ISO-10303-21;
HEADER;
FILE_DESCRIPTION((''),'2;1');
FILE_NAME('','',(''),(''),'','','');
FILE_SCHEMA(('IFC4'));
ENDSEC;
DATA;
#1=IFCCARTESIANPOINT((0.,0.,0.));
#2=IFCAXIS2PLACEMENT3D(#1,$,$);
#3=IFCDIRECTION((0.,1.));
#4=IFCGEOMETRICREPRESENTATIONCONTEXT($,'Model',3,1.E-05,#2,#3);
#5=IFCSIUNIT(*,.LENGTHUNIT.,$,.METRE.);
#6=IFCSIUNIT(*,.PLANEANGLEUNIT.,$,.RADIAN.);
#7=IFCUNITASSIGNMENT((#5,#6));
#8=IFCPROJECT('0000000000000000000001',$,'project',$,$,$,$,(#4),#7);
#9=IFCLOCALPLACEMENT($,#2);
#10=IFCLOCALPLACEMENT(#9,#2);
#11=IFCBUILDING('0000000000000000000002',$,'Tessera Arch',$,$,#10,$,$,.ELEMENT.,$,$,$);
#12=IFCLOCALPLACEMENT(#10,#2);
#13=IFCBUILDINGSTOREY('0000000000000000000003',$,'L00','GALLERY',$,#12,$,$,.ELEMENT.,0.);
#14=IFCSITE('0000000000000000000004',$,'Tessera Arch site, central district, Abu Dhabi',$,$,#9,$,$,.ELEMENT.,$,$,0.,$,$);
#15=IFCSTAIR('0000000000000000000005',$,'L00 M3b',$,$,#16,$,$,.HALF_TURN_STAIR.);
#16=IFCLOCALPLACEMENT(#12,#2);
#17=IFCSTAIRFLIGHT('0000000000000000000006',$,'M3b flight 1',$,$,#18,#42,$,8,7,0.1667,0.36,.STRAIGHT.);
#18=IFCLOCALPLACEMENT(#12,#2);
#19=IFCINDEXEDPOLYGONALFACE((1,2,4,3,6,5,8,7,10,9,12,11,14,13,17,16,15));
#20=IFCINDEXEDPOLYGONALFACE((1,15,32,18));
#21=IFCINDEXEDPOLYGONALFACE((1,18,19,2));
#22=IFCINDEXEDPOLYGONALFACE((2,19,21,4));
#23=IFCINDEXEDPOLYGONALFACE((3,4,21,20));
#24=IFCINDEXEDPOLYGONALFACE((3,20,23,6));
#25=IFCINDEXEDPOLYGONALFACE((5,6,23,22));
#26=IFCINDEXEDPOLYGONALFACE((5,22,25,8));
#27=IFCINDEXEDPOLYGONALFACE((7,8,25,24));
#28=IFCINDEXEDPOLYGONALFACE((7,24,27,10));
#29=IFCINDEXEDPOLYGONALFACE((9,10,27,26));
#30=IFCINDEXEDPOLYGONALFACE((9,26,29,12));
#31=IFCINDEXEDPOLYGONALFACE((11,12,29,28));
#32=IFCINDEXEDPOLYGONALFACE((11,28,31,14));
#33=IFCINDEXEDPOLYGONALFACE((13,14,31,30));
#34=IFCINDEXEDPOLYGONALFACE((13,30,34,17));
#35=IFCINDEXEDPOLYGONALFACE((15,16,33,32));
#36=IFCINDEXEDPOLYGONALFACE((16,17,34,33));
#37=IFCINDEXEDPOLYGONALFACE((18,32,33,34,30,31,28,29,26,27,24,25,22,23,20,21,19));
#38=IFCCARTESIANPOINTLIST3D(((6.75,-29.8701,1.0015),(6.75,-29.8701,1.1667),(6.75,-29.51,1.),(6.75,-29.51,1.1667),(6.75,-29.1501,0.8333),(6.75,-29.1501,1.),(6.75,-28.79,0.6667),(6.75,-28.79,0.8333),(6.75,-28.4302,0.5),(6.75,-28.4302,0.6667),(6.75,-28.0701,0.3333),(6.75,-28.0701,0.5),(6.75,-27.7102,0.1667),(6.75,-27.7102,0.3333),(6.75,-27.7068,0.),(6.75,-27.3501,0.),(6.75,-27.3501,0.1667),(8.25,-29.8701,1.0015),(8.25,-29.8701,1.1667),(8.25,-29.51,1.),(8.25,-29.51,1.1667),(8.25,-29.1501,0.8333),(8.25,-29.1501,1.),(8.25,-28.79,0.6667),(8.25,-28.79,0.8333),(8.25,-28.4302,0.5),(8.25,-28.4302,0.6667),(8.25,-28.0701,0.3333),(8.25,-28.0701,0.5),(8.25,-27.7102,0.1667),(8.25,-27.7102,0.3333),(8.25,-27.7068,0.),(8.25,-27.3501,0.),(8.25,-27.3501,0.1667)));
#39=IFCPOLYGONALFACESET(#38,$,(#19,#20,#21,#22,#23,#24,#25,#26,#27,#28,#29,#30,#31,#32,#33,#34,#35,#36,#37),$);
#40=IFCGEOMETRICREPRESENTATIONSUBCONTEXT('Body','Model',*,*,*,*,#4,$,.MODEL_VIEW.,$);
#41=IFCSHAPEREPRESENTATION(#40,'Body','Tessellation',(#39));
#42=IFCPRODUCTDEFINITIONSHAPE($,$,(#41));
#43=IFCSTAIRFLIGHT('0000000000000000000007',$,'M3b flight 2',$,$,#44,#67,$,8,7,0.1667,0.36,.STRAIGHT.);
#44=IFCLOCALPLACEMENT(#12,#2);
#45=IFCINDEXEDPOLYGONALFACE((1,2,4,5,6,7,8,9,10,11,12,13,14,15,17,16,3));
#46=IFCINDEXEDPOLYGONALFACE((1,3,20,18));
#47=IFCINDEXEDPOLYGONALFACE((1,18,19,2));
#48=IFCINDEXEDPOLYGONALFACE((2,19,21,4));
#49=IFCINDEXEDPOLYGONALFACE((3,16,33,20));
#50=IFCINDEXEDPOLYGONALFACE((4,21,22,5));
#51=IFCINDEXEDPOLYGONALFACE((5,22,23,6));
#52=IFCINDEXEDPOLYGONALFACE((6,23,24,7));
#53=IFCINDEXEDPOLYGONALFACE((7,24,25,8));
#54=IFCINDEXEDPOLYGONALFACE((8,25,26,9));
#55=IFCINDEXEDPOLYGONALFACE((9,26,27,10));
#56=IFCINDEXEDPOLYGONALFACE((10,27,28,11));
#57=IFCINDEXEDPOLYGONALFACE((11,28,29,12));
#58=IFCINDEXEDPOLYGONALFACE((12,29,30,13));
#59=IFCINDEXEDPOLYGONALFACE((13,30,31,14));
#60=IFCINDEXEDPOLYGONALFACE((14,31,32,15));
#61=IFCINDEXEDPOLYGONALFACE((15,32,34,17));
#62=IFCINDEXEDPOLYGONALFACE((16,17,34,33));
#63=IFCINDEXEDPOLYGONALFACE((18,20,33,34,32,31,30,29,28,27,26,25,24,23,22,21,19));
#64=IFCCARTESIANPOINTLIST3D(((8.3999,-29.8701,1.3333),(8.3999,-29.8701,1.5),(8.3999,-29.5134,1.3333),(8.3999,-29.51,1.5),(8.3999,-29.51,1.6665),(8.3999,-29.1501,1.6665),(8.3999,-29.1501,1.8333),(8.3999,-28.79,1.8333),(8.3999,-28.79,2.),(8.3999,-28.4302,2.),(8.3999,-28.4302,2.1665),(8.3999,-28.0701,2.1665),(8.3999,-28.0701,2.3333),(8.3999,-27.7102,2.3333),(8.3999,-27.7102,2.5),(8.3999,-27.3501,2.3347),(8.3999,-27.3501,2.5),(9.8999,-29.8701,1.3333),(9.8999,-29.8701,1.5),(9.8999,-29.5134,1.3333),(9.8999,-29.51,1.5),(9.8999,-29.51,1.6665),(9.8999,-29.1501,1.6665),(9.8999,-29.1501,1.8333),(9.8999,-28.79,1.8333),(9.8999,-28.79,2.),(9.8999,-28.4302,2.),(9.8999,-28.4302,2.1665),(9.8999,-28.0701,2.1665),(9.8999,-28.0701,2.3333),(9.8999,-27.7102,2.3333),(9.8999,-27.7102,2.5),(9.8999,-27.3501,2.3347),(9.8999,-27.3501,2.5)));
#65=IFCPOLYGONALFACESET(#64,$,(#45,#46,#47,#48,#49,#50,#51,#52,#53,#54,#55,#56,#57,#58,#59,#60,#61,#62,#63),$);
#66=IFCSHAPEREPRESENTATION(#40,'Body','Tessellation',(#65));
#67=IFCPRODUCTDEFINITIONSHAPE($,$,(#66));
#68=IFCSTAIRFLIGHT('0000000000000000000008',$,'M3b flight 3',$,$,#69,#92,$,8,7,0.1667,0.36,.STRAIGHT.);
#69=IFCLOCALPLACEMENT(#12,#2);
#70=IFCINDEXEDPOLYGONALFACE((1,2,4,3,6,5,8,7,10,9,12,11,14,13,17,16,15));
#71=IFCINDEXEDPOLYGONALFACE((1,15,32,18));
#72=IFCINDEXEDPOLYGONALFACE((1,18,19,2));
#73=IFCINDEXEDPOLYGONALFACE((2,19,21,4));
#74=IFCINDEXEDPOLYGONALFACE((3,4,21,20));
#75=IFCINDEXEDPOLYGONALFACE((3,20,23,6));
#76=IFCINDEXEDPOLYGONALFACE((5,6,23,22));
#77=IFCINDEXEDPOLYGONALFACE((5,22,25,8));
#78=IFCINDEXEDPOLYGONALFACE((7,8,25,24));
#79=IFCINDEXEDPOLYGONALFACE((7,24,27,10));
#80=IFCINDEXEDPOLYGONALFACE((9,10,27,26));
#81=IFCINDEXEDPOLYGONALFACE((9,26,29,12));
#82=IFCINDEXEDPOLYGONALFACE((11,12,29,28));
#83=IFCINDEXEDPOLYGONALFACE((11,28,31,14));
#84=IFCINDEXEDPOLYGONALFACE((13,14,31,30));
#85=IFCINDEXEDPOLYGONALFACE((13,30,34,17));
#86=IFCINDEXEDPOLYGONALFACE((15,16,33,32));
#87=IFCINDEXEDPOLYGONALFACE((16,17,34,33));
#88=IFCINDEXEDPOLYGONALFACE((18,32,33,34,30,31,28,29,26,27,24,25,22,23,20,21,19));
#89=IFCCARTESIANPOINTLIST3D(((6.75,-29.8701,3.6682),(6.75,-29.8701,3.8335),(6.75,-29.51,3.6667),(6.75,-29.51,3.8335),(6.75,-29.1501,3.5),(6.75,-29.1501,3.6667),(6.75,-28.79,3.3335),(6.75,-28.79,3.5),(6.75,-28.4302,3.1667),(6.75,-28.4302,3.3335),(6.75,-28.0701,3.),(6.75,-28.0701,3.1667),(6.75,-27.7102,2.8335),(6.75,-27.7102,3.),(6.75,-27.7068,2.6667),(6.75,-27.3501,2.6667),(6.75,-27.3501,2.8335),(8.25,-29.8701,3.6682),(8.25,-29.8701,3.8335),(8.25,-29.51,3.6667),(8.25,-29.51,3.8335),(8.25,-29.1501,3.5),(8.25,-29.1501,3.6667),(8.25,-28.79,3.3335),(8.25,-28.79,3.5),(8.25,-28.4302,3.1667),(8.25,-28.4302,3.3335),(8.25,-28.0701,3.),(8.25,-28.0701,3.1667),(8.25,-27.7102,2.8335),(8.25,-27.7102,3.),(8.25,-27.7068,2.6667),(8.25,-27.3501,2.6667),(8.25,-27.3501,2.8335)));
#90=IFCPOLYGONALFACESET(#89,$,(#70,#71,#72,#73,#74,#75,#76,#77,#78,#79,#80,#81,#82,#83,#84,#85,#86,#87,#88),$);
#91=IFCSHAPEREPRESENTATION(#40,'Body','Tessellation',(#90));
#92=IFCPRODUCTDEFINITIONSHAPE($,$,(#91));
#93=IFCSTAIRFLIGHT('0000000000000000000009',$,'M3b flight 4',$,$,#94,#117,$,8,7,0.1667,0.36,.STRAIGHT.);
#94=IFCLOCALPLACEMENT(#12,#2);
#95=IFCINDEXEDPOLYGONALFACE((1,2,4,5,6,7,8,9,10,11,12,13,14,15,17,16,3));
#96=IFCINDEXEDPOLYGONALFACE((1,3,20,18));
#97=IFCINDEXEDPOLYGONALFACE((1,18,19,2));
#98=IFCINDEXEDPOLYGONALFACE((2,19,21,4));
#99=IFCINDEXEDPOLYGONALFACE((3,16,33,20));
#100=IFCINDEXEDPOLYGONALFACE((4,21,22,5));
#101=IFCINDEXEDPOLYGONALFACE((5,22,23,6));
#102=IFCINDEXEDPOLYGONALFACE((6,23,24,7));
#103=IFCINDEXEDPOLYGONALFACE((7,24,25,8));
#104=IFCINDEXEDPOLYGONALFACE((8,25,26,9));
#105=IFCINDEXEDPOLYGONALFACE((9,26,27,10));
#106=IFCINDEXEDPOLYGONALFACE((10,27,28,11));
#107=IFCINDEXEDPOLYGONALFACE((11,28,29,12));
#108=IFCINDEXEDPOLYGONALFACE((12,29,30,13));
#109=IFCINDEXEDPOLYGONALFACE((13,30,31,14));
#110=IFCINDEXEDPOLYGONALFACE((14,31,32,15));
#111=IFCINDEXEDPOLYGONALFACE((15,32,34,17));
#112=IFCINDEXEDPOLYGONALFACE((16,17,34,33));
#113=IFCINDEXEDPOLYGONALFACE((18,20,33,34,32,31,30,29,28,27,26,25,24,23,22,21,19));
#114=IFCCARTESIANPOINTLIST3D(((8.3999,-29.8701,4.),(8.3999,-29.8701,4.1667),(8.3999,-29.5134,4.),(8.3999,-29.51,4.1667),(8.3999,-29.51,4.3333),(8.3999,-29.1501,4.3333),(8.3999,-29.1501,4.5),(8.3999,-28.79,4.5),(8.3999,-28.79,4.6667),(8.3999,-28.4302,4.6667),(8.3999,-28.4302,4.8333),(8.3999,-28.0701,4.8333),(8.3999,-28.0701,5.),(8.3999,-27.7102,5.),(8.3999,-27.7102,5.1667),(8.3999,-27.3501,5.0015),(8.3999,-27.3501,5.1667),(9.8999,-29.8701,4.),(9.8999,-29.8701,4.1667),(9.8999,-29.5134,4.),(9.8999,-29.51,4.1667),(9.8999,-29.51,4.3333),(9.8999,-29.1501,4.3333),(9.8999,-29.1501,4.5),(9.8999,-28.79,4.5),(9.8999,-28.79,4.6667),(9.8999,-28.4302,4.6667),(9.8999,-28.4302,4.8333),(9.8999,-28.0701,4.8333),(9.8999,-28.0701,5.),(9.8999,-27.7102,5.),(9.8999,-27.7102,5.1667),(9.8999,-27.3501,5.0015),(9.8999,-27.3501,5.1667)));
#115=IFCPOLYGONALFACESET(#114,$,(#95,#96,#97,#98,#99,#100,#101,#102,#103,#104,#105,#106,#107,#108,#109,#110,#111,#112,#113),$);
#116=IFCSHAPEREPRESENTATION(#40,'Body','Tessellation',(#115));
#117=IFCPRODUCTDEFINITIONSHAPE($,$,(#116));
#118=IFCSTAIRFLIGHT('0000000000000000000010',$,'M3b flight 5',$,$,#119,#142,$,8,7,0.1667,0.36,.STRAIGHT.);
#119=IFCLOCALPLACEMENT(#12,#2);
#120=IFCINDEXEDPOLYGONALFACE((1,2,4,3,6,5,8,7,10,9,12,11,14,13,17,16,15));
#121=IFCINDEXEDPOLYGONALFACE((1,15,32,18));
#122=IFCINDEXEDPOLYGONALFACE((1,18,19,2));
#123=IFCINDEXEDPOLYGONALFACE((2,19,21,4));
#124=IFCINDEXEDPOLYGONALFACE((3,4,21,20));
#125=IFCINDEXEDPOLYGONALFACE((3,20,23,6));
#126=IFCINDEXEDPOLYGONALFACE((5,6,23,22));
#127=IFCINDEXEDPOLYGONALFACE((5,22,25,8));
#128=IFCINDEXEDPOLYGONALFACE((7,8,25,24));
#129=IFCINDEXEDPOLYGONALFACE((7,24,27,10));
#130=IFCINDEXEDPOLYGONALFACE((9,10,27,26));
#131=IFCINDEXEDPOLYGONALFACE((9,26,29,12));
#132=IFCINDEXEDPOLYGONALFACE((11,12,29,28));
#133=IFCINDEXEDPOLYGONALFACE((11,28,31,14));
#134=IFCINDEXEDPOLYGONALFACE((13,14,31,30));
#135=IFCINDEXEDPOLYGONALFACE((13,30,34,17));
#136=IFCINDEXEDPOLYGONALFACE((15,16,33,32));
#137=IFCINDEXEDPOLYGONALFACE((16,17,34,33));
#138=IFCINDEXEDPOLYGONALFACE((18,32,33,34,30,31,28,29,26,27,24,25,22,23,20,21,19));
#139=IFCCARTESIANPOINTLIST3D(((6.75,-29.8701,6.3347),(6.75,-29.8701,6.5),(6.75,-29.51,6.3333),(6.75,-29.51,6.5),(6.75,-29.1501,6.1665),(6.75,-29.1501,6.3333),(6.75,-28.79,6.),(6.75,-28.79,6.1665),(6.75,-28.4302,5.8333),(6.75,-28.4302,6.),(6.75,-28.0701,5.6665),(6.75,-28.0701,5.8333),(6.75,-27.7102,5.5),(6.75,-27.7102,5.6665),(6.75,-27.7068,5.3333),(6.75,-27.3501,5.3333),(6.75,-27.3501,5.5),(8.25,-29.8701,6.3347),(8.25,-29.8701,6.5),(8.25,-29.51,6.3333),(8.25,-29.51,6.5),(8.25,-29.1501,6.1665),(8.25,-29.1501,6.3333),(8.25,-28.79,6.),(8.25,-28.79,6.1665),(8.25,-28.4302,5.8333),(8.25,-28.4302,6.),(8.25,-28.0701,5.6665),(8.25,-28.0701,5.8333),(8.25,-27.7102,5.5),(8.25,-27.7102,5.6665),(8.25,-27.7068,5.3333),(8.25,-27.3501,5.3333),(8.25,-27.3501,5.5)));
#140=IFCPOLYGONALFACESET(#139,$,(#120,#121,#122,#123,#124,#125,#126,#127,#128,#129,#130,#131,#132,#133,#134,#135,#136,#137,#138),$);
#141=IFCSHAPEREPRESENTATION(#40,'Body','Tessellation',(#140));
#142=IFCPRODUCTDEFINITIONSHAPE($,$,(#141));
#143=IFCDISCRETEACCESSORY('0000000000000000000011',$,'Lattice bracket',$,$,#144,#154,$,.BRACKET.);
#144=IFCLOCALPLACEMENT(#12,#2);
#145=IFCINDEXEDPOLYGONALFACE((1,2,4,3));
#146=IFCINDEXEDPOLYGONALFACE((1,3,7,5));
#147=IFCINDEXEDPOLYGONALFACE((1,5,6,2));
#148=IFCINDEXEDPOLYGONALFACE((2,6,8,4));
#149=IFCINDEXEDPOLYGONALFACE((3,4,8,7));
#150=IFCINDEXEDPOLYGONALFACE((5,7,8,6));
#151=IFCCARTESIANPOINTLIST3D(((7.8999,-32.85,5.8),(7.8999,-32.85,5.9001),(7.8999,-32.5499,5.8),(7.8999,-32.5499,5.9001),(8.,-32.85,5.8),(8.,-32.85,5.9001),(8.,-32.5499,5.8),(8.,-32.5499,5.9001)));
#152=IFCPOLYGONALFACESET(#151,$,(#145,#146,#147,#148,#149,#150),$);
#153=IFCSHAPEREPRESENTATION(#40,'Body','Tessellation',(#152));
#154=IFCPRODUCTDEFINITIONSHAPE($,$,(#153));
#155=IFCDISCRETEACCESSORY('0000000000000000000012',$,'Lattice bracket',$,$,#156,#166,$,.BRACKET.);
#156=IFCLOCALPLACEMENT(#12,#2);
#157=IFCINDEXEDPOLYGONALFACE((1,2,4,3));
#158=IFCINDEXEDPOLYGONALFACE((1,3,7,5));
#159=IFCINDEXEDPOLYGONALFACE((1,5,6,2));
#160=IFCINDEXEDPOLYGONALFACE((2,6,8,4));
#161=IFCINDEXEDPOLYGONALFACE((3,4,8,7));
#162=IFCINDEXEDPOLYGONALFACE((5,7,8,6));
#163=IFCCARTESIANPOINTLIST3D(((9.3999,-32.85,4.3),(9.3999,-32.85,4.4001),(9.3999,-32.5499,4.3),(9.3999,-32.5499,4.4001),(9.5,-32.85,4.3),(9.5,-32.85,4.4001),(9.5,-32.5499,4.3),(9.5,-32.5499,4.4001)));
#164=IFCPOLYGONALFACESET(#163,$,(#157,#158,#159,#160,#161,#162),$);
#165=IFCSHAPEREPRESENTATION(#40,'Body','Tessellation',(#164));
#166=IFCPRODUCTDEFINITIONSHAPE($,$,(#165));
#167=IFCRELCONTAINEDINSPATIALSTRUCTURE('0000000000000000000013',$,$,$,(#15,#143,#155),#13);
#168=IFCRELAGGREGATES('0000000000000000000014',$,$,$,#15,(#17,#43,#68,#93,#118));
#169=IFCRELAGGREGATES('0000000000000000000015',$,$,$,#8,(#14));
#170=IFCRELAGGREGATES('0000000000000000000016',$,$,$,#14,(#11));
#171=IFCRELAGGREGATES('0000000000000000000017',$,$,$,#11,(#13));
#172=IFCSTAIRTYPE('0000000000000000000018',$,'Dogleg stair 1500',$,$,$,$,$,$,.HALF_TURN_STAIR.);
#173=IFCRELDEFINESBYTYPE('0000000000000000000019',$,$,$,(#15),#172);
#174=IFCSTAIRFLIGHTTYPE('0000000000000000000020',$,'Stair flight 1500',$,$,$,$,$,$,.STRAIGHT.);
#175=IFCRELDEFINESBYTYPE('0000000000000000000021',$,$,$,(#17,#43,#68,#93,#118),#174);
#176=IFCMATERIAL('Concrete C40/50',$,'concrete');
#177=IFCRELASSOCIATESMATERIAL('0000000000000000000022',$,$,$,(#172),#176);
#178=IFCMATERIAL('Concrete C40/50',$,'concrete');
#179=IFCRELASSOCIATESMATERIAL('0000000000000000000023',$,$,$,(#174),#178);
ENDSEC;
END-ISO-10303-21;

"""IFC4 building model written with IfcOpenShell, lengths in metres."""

from ifc_helpers import new_model, si_unit, direction, frame, origin, origin_2d, place, context, subcontext, project, spatial, polyline, rectangle, outline, extrude, material, type_object, element, aggregate, save


model = new_model("IFC4")

# Units and contexts
model_context = context("Model", 3, precision=1e-05, world=origin(), true_north=direction((0.0, 1.0)))
body_context = subcontext(model_context, "Body", "Model", "MODEL_VIEW")
ifc_project = project(units=[si_unit("LENGTHUNIT", "METRE"), si_unit("PLANEANGLEUNIT", "RADIAN")], contexts=[model_context])

# Site, building, storey
site_placement = place(None, origin())
site = spatial("IfcSite", under=ifc_project, at=site_placement, Name="Tessera Arch site, central district, Abu Dhabi", CompositionType="ELEMENT", RefElevation=0.0)
building_placement = place(site_placement, origin())
building = spatial("IfcBuilding", under=site, at=building_placement, Name="Tessera Arch", CompositionType="ELEMENT")
storey_placement = place(building_placement, origin())
storey = spatial("IfcBuildingStorey", under=building, at=storey_placement, Name="L00", Description="GALLERY", CompositionType="ELEMENT", Elevation=0.0)

# Stair, stair flights
ifc_material_1 = material(Name="Concrete C40/50", Category="concrete")
stair_type = type_object("IfcStairType", Name="Dogleg stair 1500", PredefinedType="HALF_TURN_STAIR", material=ifc_material_1)
stair_placement = place(storey_placement, origin())
stair = element("IfcStair", 1, at=stair_placement, inside=storey, type_object=stair_type, Name="L00 M3b", PredefinedType="HALF_TURN_STAIR")
ifc_material_2 = material(Name="Concrete C40/50", Category="concrete")
stair_flight_type = type_object("IfcStairFlightType", Name="Stair flight 1500", PredefinedType="STRAIGHT", material=ifc_material_2)
stair_flight_1_placement = place(storey_placement, frame((7.5, -27.3501, 0.0), z_axis=(0.0, 0.0, 1.0), x_axis=(0.0, -1.0, 0.0)))
stair_flight_1 = element("IfcStairFlight", 2, at=stair_flight_1_placement, type_object=stair_flight_type, Name="M3b flight 1", NumberOfRisers=8, NumberOfTreads=7, PredefinedType="STRAIGHT", RiserHeight=0.1667, TreadLength=0.36, context=body_context, shape_type="SweptSolid", body=[
    extrude(outline(polyline([(0.0, 0.0), (0.0, 0.1667), (0.3601, 0.1667), (0.3601, 0.3333), (0.72, 0.3333), (0.72, 0.5), (1.0801, 0.5), (1.0801, 0.6667), (1.4399, 0.6667), (1.4399, 0.8333), (1.8, 0.8333), (1.8, 1.0), (2.1599, 1.0), (2.1599, 1.1667), (2.52, 1.1667), (2.52, 1.3333), (2.52, 1.0015), (0.3567, 0.0), (0.0, 0.0)])), frame((0.0, 0.75, 0.0), z_axis=(0.0, -1.0, 0.0), x_axis=(1.0, 0.0, 0.0)), (0.0, 0.0, 1.0), 1.5),
])
stair_flight_2_placement = place(storey_placement, frame((9.1499, -29.8701, 1.3333), z_axis=(0.0, 0.0, 1.0), x_axis=(0.0, 1.0, 0.0)))
stair_flight_2 = element("IfcStairFlight", 3, at=stair_flight_2_placement, type_object=stair_flight_type, Name="M3b flight 2", NumberOfRisers=8, NumberOfTreads=7, PredefinedType="STRAIGHT", RiserHeight=0.1667, TreadLength=0.36, context=body_context, shape_type="SweptSolid", body=[
    extrude(outline(polyline([(0.0, 0.0), (0.0, 0.1667), (0.3601, 0.1667), (0.3601, 0.3333), (0.72, 0.3333), (0.72, 0.5), (1.0801, 0.5), (1.0801, 0.6667), (1.4399, 0.6667), (1.4399, 0.8333), (1.8, 0.8333), (1.8, 1.0), (2.1599, 1.0), (2.1599, 1.1667), (2.52, 1.1667), (2.52, 1.3333), (2.52, 1.0015), (0.3567, 0.0), (0.0, 0.0)])), frame((0.0, 0.75, 0.0), z_axis=(0.0, -1.0, 0.0), x_axis=(1.0, 0.0, 0.0)), (0.0, 0.0, 1.0), 1.5),
])
stair_flight_3_placement = place(storey_placement, frame((7.5, -27.3501, 2.6667), z_axis=(0.0, 0.0, 1.0), x_axis=(0.0, -1.0, 0.0)))
stair_flight_3 = element("IfcStairFlight", 4, at=stair_flight_3_placement, type_object=stair_flight_type, Name="M3b flight 3", NumberOfRisers=8, NumberOfTreads=7, PredefinedType="STRAIGHT", RiserHeight=0.1667, TreadLength=0.36, context=body_context, shape_type="SweptSolid", body=[
    extrude(outline(polyline([(0.0, 0.0), (0.0, 0.1667), (0.3601, 0.1667), (0.3601, 0.3333), (0.72, 0.3333), (0.72, 0.5), (1.0801, 0.5), (1.0801, 0.6667), (1.4399, 0.6667), (1.4399, 0.8333), (1.8, 0.8333), (1.8, 1.0), (2.1599, 1.0), (2.1599, 1.1667), (2.52, 1.1667), (2.52, 1.3333), (2.52, 1.0015), (0.3567, 0.0), (0.0, 0.0)])), frame((0.0, 0.75, 0.0), z_axis=(0.0, -1.0, 0.0), x_axis=(1.0, 0.0, 0.0)), (0.0, 0.0, 1.0), 1.5),
])
stair_flight_4_placement = place(storey_placement, frame((9.1499, -29.8701, 4.0), z_axis=(0.0, 0.0, 1.0), x_axis=(0.0, 1.0, 0.0)))
stair_flight_4 = element("IfcStairFlight", 5, at=stair_flight_4_placement, type_object=stair_flight_type, Name="M3b flight 4", NumberOfRisers=8, NumberOfTreads=7, PredefinedType="STRAIGHT", RiserHeight=0.1667, TreadLength=0.36, context=body_context, shape_type="SweptSolid", body=[
    extrude(outline(polyline([(0.0, 0.0), (0.0, 0.1667), (0.3601, 0.1667), (0.3601, 0.3333), (0.72, 0.3333), (0.72, 0.5), (1.0801, 0.5), (1.0801, 0.6667), (1.4399, 0.6667), (1.4399, 0.8333), (1.8, 0.8333), (1.8, 1.0), (2.1599, 1.0), (2.1599, 1.1667), (2.52, 1.1667), (2.52, 1.3333), (2.52, 1.0015), (0.3567, 0.0), (0.0, 0.0)])), frame((0.0, 0.75, 0.0), z_axis=(0.0, -1.0, 0.0), x_axis=(1.0, 0.0, 0.0)), (0.0, 0.0, 1.0), 1.5),
])
stair_flight_5_placement = place(storey_placement, frame((7.5, -27.3501, 5.3333), z_axis=(0.0, 0.0, 1.0), x_axis=(0.0, -1.0, 0.0)))
stair_flight_5 = element("IfcStairFlight", 6, at=stair_flight_5_placement, type_object=stair_flight_type, Name="M3b flight 5", NumberOfRisers=8, NumberOfTreads=7, PredefinedType="STRAIGHT", RiserHeight=0.1667, TreadLength=0.36, context=body_context, shape_type="SweptSolid", body=[
    extrude(outline(polyline([(0.0, 0.0), (0.0, 0.1667), (0.3601, 0.1667), (0.3601, 0.3333), (0.72, 0.3333), (0.72, 0.5), (1.0801, 0.5), (1.0801, 0.6667), (1.4399, 0.6667), (1.4399, 0.8333), (1.8, 0.8333), (1.8, 1.0), (2.1599, 1.0), (2.1599, 1.1667), (2.52, 1.1667), (2.52, 1.3333), (2.52, 1.0015), (0.3567, 0.0), (0.0, 0.0)])), frame((0.0, 0.75, 0.0), z_axis=(0.0, -1.0, 0.0), x_axis=(1.0, 0.0, 0.0)), (0.0, 0.0, 1.0), 1.5),
])
aggregate(stair, [stair_flight_1, stair_flight_2, stair_flight_3, stair_flight_4, stair_flight_5])

# Discrete accessories
for number, where, z_axis, x_axis, name in (
    (7, (7.95, -32.7, 5.8), (0.0, 0.0, 1.0), (0.0, -1.0, 0.0), "Lattice bracket"),
    (8, (9.45, -32.7, 4.3), (0.0, 0.0, 1.0), (0.0, -1.0, 0.0), "Lattice bracket"),
):
    element("IfcDiscreteAccessory", number, at=place(storey_placement, frame(where, z_axis=z_axis, x_axis=x_axis)), inside=storey, Name=name, PredefinedType="BRACKET", context=body_context, shape_type="SweptSolid", body=[
        extrude(rectangle(XDim=0.3, YDim=0.1001, at=origin_2d()), origin(), (0.0, 0.0, 1.0), 0.1001),
    ])

save(model, "model.ifc")
